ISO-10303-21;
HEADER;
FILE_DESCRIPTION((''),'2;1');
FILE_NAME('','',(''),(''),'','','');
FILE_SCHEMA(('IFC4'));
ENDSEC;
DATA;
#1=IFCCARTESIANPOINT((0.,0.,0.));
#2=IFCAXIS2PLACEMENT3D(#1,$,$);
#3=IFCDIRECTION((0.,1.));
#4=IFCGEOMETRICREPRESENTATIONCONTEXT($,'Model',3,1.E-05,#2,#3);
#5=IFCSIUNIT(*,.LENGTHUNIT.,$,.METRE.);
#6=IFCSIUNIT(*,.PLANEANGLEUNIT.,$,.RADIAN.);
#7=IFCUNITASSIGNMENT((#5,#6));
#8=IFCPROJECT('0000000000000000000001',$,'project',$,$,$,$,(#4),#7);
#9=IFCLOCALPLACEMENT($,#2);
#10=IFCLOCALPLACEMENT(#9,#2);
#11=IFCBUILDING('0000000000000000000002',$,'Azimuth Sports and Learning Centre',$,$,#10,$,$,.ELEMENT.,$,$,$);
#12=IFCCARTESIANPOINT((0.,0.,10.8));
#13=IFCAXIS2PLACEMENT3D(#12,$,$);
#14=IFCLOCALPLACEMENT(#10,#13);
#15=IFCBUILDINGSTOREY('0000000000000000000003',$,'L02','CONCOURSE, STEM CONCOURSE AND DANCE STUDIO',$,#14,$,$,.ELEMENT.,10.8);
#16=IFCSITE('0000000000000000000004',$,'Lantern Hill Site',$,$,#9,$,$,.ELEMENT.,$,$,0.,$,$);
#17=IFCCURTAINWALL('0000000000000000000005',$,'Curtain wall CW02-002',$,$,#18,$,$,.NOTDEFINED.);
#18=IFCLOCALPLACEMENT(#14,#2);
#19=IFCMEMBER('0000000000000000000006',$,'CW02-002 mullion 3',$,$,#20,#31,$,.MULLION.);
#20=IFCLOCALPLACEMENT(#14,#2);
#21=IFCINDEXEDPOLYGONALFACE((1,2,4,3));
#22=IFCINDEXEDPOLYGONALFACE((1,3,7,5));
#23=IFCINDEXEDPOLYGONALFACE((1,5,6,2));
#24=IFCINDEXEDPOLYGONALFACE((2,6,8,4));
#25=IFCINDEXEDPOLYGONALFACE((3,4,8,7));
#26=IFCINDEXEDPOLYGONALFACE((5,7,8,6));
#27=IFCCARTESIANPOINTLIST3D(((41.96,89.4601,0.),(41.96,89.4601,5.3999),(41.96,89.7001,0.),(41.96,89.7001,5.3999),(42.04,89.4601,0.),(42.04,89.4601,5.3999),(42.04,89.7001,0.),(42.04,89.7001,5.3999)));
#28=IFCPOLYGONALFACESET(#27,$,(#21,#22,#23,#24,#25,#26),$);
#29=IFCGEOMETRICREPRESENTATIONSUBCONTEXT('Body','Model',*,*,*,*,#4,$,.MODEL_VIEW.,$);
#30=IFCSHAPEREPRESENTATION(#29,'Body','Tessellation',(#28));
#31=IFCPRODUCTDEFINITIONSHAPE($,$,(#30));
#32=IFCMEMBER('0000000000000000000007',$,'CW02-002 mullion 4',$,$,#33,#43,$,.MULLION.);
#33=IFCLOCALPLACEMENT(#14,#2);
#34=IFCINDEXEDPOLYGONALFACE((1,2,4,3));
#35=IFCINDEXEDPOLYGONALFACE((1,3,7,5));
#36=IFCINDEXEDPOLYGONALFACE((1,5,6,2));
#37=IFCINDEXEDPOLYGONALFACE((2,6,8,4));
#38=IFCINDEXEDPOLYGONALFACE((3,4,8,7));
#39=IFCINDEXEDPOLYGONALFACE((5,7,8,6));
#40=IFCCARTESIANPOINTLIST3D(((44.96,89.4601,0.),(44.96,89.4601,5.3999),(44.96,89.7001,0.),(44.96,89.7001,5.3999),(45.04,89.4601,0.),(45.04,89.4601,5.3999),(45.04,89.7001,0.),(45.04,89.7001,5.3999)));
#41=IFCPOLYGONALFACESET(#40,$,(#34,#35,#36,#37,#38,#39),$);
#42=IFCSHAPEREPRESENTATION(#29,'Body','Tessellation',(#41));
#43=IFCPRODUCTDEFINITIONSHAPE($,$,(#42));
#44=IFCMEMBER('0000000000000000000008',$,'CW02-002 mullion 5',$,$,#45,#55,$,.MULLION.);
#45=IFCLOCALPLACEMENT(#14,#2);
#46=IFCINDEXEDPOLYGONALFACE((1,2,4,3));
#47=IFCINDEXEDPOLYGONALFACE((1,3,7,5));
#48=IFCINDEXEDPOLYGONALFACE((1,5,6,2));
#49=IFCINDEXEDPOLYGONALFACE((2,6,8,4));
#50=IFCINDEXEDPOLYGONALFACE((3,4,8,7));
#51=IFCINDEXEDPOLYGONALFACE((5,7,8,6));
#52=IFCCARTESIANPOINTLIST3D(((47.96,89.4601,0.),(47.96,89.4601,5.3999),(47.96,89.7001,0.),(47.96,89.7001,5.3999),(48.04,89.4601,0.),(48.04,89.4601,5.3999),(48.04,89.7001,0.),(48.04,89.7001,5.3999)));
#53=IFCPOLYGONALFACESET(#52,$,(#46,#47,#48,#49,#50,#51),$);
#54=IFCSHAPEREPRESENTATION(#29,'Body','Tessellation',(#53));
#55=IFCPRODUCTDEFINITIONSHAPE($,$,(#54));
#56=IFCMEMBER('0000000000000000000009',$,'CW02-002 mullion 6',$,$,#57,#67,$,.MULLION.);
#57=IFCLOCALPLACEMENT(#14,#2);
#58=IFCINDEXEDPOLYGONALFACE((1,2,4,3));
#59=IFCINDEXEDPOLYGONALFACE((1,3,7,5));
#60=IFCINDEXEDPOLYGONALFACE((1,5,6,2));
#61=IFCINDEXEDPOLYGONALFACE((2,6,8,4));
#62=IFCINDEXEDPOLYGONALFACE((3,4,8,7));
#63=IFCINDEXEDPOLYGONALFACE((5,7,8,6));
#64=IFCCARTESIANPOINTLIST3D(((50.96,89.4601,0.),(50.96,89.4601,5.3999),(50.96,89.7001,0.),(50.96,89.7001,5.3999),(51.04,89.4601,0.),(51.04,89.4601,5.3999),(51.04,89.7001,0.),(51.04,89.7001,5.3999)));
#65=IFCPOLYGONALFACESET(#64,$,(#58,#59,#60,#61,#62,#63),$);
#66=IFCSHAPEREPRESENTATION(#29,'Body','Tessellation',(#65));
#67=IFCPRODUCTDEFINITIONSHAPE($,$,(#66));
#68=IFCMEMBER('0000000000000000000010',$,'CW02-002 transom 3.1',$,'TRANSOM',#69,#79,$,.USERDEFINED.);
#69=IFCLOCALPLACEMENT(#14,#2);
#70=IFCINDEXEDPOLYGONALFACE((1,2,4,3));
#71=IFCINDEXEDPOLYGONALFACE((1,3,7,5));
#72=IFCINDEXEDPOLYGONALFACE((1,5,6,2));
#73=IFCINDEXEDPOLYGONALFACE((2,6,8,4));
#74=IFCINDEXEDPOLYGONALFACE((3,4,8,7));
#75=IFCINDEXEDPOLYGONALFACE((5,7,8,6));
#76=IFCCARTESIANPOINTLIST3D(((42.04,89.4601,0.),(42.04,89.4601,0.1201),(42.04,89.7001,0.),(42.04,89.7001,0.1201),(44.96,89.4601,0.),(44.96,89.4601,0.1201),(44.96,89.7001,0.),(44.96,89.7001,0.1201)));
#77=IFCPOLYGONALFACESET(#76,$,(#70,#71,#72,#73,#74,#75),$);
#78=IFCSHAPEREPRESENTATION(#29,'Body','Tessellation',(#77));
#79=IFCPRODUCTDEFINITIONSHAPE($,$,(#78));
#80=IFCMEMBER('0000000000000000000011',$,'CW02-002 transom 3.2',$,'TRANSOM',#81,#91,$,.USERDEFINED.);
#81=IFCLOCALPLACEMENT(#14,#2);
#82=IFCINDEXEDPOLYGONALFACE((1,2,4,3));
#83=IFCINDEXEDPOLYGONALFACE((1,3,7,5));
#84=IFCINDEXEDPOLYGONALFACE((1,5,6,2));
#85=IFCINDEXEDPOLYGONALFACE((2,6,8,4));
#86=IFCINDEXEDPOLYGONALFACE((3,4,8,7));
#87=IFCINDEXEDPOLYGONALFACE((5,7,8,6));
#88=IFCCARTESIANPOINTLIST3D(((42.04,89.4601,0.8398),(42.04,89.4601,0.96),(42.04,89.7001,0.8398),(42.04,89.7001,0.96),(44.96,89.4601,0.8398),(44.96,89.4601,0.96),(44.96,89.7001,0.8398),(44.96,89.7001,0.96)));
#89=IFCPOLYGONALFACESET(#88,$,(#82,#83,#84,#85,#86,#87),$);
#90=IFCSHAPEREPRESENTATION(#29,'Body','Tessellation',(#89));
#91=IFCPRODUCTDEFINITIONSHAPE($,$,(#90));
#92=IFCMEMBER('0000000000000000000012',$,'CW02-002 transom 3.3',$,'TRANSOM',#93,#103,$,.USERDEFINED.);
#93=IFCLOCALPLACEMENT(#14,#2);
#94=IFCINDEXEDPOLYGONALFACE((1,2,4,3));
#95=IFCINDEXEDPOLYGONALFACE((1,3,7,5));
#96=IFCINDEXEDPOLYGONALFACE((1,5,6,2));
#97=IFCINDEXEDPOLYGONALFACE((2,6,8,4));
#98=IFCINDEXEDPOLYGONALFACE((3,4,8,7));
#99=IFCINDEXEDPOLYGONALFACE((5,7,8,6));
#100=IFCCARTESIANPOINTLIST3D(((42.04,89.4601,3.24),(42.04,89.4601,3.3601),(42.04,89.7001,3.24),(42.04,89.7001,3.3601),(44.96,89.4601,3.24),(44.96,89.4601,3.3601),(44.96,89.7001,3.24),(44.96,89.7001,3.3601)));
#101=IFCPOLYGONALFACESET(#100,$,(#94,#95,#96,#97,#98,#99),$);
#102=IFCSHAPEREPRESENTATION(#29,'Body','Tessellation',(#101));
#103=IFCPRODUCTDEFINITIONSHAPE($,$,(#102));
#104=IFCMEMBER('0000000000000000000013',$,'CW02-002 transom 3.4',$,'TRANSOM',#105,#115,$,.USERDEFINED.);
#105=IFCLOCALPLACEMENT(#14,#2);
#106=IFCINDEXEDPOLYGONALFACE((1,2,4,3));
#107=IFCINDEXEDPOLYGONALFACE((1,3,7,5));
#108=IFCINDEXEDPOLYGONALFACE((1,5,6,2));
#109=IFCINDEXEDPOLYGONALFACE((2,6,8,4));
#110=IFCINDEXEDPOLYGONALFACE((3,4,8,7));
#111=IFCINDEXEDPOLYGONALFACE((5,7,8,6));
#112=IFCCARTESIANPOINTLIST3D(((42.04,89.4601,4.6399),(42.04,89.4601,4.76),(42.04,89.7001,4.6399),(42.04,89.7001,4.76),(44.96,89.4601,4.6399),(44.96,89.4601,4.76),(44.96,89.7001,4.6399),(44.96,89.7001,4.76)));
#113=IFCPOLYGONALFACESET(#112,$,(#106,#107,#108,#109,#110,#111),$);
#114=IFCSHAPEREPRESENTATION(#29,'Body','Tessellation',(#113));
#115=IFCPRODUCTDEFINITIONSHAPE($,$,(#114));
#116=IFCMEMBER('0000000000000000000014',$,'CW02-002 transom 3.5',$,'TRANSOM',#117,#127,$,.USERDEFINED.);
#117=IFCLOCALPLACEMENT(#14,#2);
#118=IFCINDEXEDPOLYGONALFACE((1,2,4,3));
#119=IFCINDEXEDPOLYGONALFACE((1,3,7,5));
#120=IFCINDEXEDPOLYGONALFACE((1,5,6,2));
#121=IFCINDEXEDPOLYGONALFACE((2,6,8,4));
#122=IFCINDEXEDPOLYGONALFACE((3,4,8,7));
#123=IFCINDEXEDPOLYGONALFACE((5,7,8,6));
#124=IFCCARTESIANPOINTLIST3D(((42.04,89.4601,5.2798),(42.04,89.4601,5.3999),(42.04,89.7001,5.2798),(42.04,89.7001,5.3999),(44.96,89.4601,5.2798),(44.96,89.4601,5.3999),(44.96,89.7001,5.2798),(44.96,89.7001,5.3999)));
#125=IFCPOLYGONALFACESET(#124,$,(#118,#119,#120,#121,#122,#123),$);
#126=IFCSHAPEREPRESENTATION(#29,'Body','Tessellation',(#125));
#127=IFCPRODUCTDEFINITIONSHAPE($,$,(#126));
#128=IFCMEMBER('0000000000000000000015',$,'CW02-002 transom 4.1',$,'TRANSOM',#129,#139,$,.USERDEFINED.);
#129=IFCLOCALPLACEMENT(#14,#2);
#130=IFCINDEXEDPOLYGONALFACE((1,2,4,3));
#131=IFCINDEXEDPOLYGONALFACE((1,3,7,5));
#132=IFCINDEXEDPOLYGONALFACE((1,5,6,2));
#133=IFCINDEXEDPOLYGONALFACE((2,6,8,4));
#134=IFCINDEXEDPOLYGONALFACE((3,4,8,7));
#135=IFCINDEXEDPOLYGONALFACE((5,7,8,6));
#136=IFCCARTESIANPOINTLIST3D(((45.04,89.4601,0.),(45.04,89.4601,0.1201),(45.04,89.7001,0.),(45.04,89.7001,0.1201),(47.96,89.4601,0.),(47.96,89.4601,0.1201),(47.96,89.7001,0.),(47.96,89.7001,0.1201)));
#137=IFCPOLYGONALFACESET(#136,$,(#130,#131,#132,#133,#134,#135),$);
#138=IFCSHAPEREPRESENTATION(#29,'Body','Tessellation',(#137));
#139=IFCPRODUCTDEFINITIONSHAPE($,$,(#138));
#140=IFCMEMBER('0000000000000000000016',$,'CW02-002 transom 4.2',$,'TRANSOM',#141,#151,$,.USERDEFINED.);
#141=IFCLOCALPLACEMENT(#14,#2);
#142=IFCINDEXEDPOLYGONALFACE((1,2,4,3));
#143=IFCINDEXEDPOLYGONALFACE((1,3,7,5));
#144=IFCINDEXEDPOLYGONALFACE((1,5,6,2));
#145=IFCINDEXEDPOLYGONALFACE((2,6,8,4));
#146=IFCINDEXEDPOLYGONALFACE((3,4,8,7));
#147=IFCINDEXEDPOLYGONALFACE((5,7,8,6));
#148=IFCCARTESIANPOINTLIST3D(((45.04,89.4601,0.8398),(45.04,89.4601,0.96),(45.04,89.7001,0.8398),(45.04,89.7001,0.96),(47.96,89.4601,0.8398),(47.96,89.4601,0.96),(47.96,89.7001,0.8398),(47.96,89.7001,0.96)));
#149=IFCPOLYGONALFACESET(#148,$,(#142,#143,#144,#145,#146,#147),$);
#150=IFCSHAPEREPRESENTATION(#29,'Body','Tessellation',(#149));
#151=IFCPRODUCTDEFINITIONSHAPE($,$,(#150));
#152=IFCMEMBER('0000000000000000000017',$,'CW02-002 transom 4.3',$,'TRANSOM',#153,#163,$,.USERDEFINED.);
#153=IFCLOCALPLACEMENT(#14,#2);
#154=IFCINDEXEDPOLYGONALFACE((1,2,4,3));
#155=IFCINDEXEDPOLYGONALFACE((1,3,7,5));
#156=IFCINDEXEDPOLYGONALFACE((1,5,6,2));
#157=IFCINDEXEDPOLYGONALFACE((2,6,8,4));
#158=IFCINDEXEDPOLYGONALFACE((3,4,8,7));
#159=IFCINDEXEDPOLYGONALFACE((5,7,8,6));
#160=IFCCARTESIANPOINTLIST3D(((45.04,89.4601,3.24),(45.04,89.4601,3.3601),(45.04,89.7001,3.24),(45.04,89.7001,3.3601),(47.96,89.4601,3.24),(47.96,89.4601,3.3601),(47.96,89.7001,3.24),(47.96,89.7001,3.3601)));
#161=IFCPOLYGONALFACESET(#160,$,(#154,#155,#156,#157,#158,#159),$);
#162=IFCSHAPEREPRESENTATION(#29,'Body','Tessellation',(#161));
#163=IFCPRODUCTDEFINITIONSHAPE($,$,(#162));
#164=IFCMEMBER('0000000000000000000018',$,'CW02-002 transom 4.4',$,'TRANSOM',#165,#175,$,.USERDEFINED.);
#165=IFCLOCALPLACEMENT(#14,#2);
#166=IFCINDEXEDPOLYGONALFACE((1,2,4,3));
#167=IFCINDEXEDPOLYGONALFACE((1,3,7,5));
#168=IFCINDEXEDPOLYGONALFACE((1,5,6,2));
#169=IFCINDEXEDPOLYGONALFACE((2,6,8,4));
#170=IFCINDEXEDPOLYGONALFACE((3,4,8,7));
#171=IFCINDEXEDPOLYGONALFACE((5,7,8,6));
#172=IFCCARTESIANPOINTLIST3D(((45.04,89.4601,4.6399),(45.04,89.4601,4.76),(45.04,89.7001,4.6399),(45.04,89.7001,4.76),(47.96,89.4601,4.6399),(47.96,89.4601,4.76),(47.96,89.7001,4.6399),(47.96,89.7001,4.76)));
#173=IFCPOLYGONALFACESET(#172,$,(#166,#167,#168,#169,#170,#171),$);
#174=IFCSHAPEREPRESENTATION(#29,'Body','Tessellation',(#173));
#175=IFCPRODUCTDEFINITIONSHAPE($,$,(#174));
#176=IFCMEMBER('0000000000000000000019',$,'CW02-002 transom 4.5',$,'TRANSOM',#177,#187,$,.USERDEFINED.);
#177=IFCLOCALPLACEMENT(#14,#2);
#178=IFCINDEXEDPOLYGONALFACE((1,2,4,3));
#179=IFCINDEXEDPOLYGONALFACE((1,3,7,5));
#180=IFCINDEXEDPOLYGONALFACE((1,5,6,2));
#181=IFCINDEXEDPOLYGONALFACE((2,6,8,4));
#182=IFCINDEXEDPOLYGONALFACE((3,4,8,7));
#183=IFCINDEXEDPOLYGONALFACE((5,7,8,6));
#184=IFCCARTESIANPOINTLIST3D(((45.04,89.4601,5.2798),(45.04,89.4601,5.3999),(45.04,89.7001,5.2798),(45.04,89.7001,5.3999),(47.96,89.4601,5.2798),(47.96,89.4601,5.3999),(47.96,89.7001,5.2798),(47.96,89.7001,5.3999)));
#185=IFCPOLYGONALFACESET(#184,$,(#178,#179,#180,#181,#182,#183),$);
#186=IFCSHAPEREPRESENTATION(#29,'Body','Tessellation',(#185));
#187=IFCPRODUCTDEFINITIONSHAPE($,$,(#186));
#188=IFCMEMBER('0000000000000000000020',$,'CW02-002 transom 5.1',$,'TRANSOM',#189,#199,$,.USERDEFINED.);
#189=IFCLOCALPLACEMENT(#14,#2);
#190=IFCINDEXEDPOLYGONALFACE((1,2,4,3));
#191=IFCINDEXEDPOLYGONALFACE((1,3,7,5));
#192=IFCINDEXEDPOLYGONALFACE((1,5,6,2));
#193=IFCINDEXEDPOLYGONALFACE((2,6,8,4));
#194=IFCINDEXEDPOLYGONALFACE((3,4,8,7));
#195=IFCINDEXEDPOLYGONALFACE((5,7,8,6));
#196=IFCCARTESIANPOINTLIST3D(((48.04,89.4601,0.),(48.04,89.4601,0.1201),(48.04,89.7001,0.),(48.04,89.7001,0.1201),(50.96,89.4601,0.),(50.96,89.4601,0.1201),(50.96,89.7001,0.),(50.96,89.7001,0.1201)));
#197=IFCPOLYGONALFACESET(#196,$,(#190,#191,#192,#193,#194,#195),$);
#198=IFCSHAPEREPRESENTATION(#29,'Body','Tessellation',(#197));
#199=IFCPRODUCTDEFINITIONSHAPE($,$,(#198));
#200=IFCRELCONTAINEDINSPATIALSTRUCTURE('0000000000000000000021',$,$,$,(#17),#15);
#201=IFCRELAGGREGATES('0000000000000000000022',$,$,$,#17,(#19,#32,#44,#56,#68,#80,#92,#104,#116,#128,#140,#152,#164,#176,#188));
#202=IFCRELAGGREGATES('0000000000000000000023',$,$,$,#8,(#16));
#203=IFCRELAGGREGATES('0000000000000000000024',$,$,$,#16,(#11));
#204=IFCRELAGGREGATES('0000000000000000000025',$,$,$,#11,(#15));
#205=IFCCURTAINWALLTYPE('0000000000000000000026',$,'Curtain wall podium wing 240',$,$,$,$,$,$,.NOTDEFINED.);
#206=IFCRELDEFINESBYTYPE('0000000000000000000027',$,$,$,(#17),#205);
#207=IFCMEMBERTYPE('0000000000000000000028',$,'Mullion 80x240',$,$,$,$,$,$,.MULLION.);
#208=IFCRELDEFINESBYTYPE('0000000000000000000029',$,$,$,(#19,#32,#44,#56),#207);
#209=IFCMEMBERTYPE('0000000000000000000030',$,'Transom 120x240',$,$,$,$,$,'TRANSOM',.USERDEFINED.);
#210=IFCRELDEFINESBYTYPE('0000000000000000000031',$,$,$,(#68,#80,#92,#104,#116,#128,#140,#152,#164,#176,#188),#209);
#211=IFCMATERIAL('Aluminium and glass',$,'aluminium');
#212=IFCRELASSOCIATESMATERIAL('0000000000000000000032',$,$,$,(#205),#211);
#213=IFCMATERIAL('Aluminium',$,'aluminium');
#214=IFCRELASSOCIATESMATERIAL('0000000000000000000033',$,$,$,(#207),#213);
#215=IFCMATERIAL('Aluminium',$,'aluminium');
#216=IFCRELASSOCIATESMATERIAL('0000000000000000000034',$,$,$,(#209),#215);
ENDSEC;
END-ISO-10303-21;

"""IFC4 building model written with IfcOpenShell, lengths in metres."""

from ifc_helpers import new_model, si_unit, direction, frame, origin, origin_2d, place, context, subcontext, project, spatial, rectangle, extrude, material, material_profile, profile_set, type_object, element, aggregate, save


model = new_model("IFC4")

# Units and contexts
model_context = context("Model", 3, precision=1e-05, world=origin(), true_north=direction((0.0, 1.0)))
body_context = subcontext(model_context, "Body", "Model", "MODEL_VIEW")
ifc_project = project(units=[si_unit("LENGTHUNIT", "METRE"), si_unit("PLANEANGLEUNIT", "RADIAN")], contexts=[model_context])

# Site, building, storey
site_placement = place(None, origin())
site = spatial("IfcSite", under=ifc_project, at=site_placement, Name="Lantern Hill Site", CompositionType="ELEMENT", RefElevation=0.0)
building_placement = place(site_placement, origin())
building = spatial("IfcBuilding", under=site, at=building_placement, Name="Azimuth Sports and Learning Centre", CompositionType="ELEMENT")
storey_placement = place(building_placement, frame((0.0, 0.0, 10.8)))
storey = spatial("IfcBuildingStorey", under=building, at=storey_placement, Name="L02", Description="CONCOURSE, STEM CONCOURSE AND DANCE STUDIO", CompositionType="ELEMENT", Elevation=10.8)

# Curtain wall, members
ifc_material_1 = material(Name="Aluminium and glass", Category="aluminium")
curtain_wall_type = type_object("IfcCurtainWallType", Name="Curtain wall podium wing 240", PredefinedType="NOTDEFINED", material=ifc_material_1)
curtain_wall_placement = place(storey_placement, origin())
curtain_wall = element("IfcCurtainWall", 1, at=curtain_wall_placement, inside=storey, type_object=curtain_wall_type, Name="Curtain wall CW02-002", PredefinedType="NOTDEFINED")
ifc_material_2 = material(Name="Aluminium", Category="aluminium")
ifc_material_profile_1 = material_profile(ifc_material_2, rectangle(XDim=0.24, YDim=0.0801, at=origin_2d()), Name="Mullion 80x240")
ifc_profile_set_1 = profile_set([ifc_material_profile_1], Name="Aluminium")
member_type_1 = type_object("IfcMemberType", Name="Mullion 80x240", PredefinedType="MULLION", material=ifc_profile_set_1)
member_1_placement = place(storey_placement, frame((42.0, 89.5801, 0.0), z_axis=(0.0, 0.0, 1.0), x_axis=(0.0, 1.0, 0.0)))
member_1 = element("IfcMember", 2, at=member_1_placement, type_object=member_type_1, Name="CW02-002 mullion 3", PredefinedType="MULLION", context=body_context, shape_type="SweptSolid", body=[
    extrude(rectangle(XDim=0.24, YDim=0.0801, at=origin_2d()), origin(), (0.0, 0.0, 1.0), 5.3999),
])
member_2_placement = place(storey_placement, frame((45.0, 89.5801, 0.0), z_axis=(0.0, 0.0, 1.0), x_axis=(0.0, 1.0, 0.0)))
member_2 = element("IfcMember", 3, at=member_2_placement, type_object=member_type_1, Name="CW02-002 mullion 4", PredefinedType="MULLION", context=body_context, shape_type="SweptSolid", body=[
    extrude(rectangle(XDim=0.24, YDim=0.0801, at=origin_2d()), origin(), (0.0, 0.0, 1.0), 5.3999),
])
member_3_placement = place(storey_placement, frame((48.0, 89.5801, 0.0), z_axis=(0.0, 0.0, 1.0), x_axis=(0.0, 1.0, 0.0)))
member_3 = element("IfcMember", 4, at=member_3_placement, type_object=member_type_1, Name="CW02-002 mullion 5", PredefinedType="MULLION", context=body_context, shape_type="SweptSolid", body=[
    extrude(rectangle(XDim=0.24, YDim=0.0801, at=origin_2d()), origin(), (0.0, 0.0, 1.0), 5.3999),
])
member_4_placement = place(storey_placement, frame((51.0, 89.5801, 0.0), z_axis=(0.0, 0.0, 1.0), x_axis=(0.0, 1.0, 0.0)))
member_4 = element("IfcMember", 5, at=member_4_placement, type_object=member_type_1, Name="CW02-002 mullion 6", PredefinedType="MULLION", context=body_context, shape_type="SweptSolid", body=[
    extrude(rectangle(XDim=0.24, YDim=0.0801, at=origin_2d()), origin(), (0.0, 0.0, 1.0), 5.3999),
])
ifc_material_3 = material(Name="Aluminium", Category="aluminium")
ifc_material_profile_2 = material_profile(ifc_material_3, rectangle(XDim=0.24, YDim=0.1201, at=origin_2d()), Name="Transom 120x240")
ifc_profile_set_2 = profile_set([ifc_material_profile_2], Name="Aluminium")
member_type_2 = type_object("IfcMemberType", Name="Transom 120x240", ElementType="TRANSOM", PredefinedType="USERDEFINED", material=ifc_profile_set_2)
member_5_placement = place(storey_placement, frame((42.04, 89.5801, 0.0601), z_axis=(1.0, 0.0, 0.0), x_axis=(0.0, 1.0, 0.0)))
member_5 = element("IfcMember", 6, at=member_5_placement, type_object=member_type_2, Name="CW02-002 transom 3.1", ObjectType="TRANSOM", PredefinedType="USERDEFINED", context=body_context, shape_type="SweptSolid", body=[
    extrude(rectangle(XDim=0.24, YDim=0.1201, at=origin_2d()), origin(), (0.0, 0.0, 1.0), 2.9199),
])
member_6_placement = place(storey_placement, frame((42.04, 89.5801, 0.8999), z_axis=(1.0, 0.0, 0.0), x_axis=(0.0, 1.0, 0.0)))
member_6 = element("IfcMember", 7, at=member_6_placement, type_object=member_type_2, Name="CW02-002 transom 3.2", ObjectType="TRANSOM", PredefinedType="USERDEFINED", context=body_context, shape_type="SweptSolid", body=[
    extrude(rectangle(XDim=0.24, YDim=0.1201, at=origin_2d()), origin(), (0.0, 0.0, 1.0), 2.9199),
])
member_7_placement = place(storey_placement, frame((42.04, 89.5801, 3.3), z_axis=(1.0, 0.0, 0.0), x_axis=(0.0, 1.0, 0.0)))
member_7 = element("IfcMember", 8, at=member_7_placement, type_object=member_type_2, Name="CW02-002 transom 3.3", ObjectType="TRANSOM", PredefinedType="USERDEFINED", context=body_context, shape_type="SweptSolid", body=[
    extrude(rectangle(XDim=0.24, YDim=0.1201, at=origin_2d()), origin(), (0.0, 0.0, 1.0), 2.9199),
])
member_8_placement = place(storey_placement, frame((42.04, 89.5801, 4.7), z_axis=(1.0, 0.0, 0.0), x_axis=(0.0, 1.0, 0.0)))
member_8 = element("IfcMember", 9, at=member_8_placement, type_object=member_type_2, Name="CW02-002 transom 3.4", ObjectType="TRANSOM", PredefinedType="USERDEFINED", context=body_context, shape_type="SweptSolid", body=[
    extrude(rectangle(XDim=0.24, YDim=0.1201, at=origin_2d()), origin(), (0.0, 0.0, 1.0), 2.9199),
])
member_9_placement = place(storey_placement, frame((42.04, 89.5801, 5.3398), z_axis=(1.0, 0.0, 0.0), x_axis=(0.0, 1.0, 0.0)))
member_9 = element("IfcMember", 10, at=member_9_placement, type_object=member_type_2, Name="CW02-002 transom 3.5", ObjectType="TRANSOM", PredefinedType="USERDEFINED", context=body_context, shape_type="SweptSolid", body=[
    extrude(rectangle(XDim=0.24, YDim=0.1201, at=origin_2d()), origin(), (0.0, 0.0, 1.0), 2.9199),
])
member_10_placement = place(storey_placement, frame((45.04, 89.5801, 0.0601), z_axis=(1.0, 0.0, 0.0), x_axis=(0.0, 1.0, 0.0)))
member_10 = element("IfcMember", 11, at=member_10_placement, type_object=member_type_2, Name="CW02-002 transom 4.1", ObjectType="TRANSOM", PredefinedType="USERDEFINED", context=body_context, shape_type="SweptSolid", body=[
    extrude(rectangle(XDim=0.24, YDim=0.1201, at=origin_2d()), origin(), (0.0, 0.0, 1.0), 2.9199),
])
member_11_placement = place(storey_placement, frame((45.04, 89.5801, 0.8999), z_axis=(1.0, 0.0, 0.0), x_axis=(0.0, 1.0, 0.0)))
member_11 = element("IfcMember", 12, at=member_11_placement, type_object=member_type_2, Name="CW02-002 transom 4.2", ObjectType="TRANSOM", PredefinedType="USERDEFINED", context=body_context, shape_type="SweptSolid", body=[
    extrude(rectangle(XDim=0.24, YDim=0.1201, at=origin_2d()), origin(), (0.0, 0.0, 1.0), 2.9199),
])
member_12_placement = place(storey_placement, frame((45.04, 89.5801, 3.3), z_axis=(1.0, 0.0, 0.0), x_axis=(0.0, 1.0, 0.0)))
member_12 = element("IfcMember", 13, at=member_12_placement, type_object=member_type_2, Name="CW02-002 transom 4.3", ObjectType="TRANSOM", PredefinedType="USERDEFINED", context=body_context, shape_type="SweptSolid", body=[
    extrude(rectangle(XDim=0.24, YDim=0.1201, at=origin_2d()), origin(), (0.0, 0.0, 1.0), 2.9199),
])
member_13_placement = place(storey_placement, frame((45.04, 89.5801, 4.7), z_axis=(1.0, 0.0, 0.0), x_axis=(0.0, 1.0, 0.0)))
member_13 = element("IfcMember", 14, at=member_13_placement, type_object=member_type_2, Name="CW02-002 transom 4.4", ObjectType="TRANSOM", PredefinedType="USERDEFINED", context=body_context, shape_type="SweptSolid", body=[
    extrude(rectangle(XDim=0.24, YDim=0.1201, at=origin_2d()), origin(), (0.0, 0.0, 1.0), 2.9199),
])
member_14_placement = place(storey_placement, frame((45.04, 89.5801, 5.3398), z_axis=(1.0, 0.0, 0.0), x_axis=(0.0, 1.0, 0.0)))
member_14 = element("IfcMember", 15, at=member_14_placement, type_object=member_type_2, Name="CW02-002 transom 4.5", ObjectType="TRANSOM", PredefinedType="USERDEFINED", context=body_context, shape_type="SweptSolid", body=[
    extrude(rectangle(XDim=0.24, YDim=0.1201, at=origin_2d()), origin(), (0.0, 0.0, 1.0), 2.9199),
])
member_15_placement = place(storey_placement, frame((48.04, 89.5801, 0.0601), z_axis=(1.0, 0.0, 0.0), x_axis=(0.0, 1.0, 0.0)))
member_15 = element("IfcMember", 16, at=member_15_placement, type_object=member_type_2, Name="CW02-002 transom 5.1", ObjectType="TRANSOM", PredefinedType="USERDEFINED", context=body_context, shape_type="SweptSolid", body=[
    extrude(rectangle(XDim=0.24, YDim=0.1201, at=origin_2d()), origin(), (0.0, 0.0, 1.0), 2.9199),
])
aggregate(curtain_wall, [member_1, member_2, member_3, member_4, member_5, member_6, member_7, member_8, member_9, member_10, member_11, member_12, member_13, member_14, member_15])

save(model, "model.ifc")
